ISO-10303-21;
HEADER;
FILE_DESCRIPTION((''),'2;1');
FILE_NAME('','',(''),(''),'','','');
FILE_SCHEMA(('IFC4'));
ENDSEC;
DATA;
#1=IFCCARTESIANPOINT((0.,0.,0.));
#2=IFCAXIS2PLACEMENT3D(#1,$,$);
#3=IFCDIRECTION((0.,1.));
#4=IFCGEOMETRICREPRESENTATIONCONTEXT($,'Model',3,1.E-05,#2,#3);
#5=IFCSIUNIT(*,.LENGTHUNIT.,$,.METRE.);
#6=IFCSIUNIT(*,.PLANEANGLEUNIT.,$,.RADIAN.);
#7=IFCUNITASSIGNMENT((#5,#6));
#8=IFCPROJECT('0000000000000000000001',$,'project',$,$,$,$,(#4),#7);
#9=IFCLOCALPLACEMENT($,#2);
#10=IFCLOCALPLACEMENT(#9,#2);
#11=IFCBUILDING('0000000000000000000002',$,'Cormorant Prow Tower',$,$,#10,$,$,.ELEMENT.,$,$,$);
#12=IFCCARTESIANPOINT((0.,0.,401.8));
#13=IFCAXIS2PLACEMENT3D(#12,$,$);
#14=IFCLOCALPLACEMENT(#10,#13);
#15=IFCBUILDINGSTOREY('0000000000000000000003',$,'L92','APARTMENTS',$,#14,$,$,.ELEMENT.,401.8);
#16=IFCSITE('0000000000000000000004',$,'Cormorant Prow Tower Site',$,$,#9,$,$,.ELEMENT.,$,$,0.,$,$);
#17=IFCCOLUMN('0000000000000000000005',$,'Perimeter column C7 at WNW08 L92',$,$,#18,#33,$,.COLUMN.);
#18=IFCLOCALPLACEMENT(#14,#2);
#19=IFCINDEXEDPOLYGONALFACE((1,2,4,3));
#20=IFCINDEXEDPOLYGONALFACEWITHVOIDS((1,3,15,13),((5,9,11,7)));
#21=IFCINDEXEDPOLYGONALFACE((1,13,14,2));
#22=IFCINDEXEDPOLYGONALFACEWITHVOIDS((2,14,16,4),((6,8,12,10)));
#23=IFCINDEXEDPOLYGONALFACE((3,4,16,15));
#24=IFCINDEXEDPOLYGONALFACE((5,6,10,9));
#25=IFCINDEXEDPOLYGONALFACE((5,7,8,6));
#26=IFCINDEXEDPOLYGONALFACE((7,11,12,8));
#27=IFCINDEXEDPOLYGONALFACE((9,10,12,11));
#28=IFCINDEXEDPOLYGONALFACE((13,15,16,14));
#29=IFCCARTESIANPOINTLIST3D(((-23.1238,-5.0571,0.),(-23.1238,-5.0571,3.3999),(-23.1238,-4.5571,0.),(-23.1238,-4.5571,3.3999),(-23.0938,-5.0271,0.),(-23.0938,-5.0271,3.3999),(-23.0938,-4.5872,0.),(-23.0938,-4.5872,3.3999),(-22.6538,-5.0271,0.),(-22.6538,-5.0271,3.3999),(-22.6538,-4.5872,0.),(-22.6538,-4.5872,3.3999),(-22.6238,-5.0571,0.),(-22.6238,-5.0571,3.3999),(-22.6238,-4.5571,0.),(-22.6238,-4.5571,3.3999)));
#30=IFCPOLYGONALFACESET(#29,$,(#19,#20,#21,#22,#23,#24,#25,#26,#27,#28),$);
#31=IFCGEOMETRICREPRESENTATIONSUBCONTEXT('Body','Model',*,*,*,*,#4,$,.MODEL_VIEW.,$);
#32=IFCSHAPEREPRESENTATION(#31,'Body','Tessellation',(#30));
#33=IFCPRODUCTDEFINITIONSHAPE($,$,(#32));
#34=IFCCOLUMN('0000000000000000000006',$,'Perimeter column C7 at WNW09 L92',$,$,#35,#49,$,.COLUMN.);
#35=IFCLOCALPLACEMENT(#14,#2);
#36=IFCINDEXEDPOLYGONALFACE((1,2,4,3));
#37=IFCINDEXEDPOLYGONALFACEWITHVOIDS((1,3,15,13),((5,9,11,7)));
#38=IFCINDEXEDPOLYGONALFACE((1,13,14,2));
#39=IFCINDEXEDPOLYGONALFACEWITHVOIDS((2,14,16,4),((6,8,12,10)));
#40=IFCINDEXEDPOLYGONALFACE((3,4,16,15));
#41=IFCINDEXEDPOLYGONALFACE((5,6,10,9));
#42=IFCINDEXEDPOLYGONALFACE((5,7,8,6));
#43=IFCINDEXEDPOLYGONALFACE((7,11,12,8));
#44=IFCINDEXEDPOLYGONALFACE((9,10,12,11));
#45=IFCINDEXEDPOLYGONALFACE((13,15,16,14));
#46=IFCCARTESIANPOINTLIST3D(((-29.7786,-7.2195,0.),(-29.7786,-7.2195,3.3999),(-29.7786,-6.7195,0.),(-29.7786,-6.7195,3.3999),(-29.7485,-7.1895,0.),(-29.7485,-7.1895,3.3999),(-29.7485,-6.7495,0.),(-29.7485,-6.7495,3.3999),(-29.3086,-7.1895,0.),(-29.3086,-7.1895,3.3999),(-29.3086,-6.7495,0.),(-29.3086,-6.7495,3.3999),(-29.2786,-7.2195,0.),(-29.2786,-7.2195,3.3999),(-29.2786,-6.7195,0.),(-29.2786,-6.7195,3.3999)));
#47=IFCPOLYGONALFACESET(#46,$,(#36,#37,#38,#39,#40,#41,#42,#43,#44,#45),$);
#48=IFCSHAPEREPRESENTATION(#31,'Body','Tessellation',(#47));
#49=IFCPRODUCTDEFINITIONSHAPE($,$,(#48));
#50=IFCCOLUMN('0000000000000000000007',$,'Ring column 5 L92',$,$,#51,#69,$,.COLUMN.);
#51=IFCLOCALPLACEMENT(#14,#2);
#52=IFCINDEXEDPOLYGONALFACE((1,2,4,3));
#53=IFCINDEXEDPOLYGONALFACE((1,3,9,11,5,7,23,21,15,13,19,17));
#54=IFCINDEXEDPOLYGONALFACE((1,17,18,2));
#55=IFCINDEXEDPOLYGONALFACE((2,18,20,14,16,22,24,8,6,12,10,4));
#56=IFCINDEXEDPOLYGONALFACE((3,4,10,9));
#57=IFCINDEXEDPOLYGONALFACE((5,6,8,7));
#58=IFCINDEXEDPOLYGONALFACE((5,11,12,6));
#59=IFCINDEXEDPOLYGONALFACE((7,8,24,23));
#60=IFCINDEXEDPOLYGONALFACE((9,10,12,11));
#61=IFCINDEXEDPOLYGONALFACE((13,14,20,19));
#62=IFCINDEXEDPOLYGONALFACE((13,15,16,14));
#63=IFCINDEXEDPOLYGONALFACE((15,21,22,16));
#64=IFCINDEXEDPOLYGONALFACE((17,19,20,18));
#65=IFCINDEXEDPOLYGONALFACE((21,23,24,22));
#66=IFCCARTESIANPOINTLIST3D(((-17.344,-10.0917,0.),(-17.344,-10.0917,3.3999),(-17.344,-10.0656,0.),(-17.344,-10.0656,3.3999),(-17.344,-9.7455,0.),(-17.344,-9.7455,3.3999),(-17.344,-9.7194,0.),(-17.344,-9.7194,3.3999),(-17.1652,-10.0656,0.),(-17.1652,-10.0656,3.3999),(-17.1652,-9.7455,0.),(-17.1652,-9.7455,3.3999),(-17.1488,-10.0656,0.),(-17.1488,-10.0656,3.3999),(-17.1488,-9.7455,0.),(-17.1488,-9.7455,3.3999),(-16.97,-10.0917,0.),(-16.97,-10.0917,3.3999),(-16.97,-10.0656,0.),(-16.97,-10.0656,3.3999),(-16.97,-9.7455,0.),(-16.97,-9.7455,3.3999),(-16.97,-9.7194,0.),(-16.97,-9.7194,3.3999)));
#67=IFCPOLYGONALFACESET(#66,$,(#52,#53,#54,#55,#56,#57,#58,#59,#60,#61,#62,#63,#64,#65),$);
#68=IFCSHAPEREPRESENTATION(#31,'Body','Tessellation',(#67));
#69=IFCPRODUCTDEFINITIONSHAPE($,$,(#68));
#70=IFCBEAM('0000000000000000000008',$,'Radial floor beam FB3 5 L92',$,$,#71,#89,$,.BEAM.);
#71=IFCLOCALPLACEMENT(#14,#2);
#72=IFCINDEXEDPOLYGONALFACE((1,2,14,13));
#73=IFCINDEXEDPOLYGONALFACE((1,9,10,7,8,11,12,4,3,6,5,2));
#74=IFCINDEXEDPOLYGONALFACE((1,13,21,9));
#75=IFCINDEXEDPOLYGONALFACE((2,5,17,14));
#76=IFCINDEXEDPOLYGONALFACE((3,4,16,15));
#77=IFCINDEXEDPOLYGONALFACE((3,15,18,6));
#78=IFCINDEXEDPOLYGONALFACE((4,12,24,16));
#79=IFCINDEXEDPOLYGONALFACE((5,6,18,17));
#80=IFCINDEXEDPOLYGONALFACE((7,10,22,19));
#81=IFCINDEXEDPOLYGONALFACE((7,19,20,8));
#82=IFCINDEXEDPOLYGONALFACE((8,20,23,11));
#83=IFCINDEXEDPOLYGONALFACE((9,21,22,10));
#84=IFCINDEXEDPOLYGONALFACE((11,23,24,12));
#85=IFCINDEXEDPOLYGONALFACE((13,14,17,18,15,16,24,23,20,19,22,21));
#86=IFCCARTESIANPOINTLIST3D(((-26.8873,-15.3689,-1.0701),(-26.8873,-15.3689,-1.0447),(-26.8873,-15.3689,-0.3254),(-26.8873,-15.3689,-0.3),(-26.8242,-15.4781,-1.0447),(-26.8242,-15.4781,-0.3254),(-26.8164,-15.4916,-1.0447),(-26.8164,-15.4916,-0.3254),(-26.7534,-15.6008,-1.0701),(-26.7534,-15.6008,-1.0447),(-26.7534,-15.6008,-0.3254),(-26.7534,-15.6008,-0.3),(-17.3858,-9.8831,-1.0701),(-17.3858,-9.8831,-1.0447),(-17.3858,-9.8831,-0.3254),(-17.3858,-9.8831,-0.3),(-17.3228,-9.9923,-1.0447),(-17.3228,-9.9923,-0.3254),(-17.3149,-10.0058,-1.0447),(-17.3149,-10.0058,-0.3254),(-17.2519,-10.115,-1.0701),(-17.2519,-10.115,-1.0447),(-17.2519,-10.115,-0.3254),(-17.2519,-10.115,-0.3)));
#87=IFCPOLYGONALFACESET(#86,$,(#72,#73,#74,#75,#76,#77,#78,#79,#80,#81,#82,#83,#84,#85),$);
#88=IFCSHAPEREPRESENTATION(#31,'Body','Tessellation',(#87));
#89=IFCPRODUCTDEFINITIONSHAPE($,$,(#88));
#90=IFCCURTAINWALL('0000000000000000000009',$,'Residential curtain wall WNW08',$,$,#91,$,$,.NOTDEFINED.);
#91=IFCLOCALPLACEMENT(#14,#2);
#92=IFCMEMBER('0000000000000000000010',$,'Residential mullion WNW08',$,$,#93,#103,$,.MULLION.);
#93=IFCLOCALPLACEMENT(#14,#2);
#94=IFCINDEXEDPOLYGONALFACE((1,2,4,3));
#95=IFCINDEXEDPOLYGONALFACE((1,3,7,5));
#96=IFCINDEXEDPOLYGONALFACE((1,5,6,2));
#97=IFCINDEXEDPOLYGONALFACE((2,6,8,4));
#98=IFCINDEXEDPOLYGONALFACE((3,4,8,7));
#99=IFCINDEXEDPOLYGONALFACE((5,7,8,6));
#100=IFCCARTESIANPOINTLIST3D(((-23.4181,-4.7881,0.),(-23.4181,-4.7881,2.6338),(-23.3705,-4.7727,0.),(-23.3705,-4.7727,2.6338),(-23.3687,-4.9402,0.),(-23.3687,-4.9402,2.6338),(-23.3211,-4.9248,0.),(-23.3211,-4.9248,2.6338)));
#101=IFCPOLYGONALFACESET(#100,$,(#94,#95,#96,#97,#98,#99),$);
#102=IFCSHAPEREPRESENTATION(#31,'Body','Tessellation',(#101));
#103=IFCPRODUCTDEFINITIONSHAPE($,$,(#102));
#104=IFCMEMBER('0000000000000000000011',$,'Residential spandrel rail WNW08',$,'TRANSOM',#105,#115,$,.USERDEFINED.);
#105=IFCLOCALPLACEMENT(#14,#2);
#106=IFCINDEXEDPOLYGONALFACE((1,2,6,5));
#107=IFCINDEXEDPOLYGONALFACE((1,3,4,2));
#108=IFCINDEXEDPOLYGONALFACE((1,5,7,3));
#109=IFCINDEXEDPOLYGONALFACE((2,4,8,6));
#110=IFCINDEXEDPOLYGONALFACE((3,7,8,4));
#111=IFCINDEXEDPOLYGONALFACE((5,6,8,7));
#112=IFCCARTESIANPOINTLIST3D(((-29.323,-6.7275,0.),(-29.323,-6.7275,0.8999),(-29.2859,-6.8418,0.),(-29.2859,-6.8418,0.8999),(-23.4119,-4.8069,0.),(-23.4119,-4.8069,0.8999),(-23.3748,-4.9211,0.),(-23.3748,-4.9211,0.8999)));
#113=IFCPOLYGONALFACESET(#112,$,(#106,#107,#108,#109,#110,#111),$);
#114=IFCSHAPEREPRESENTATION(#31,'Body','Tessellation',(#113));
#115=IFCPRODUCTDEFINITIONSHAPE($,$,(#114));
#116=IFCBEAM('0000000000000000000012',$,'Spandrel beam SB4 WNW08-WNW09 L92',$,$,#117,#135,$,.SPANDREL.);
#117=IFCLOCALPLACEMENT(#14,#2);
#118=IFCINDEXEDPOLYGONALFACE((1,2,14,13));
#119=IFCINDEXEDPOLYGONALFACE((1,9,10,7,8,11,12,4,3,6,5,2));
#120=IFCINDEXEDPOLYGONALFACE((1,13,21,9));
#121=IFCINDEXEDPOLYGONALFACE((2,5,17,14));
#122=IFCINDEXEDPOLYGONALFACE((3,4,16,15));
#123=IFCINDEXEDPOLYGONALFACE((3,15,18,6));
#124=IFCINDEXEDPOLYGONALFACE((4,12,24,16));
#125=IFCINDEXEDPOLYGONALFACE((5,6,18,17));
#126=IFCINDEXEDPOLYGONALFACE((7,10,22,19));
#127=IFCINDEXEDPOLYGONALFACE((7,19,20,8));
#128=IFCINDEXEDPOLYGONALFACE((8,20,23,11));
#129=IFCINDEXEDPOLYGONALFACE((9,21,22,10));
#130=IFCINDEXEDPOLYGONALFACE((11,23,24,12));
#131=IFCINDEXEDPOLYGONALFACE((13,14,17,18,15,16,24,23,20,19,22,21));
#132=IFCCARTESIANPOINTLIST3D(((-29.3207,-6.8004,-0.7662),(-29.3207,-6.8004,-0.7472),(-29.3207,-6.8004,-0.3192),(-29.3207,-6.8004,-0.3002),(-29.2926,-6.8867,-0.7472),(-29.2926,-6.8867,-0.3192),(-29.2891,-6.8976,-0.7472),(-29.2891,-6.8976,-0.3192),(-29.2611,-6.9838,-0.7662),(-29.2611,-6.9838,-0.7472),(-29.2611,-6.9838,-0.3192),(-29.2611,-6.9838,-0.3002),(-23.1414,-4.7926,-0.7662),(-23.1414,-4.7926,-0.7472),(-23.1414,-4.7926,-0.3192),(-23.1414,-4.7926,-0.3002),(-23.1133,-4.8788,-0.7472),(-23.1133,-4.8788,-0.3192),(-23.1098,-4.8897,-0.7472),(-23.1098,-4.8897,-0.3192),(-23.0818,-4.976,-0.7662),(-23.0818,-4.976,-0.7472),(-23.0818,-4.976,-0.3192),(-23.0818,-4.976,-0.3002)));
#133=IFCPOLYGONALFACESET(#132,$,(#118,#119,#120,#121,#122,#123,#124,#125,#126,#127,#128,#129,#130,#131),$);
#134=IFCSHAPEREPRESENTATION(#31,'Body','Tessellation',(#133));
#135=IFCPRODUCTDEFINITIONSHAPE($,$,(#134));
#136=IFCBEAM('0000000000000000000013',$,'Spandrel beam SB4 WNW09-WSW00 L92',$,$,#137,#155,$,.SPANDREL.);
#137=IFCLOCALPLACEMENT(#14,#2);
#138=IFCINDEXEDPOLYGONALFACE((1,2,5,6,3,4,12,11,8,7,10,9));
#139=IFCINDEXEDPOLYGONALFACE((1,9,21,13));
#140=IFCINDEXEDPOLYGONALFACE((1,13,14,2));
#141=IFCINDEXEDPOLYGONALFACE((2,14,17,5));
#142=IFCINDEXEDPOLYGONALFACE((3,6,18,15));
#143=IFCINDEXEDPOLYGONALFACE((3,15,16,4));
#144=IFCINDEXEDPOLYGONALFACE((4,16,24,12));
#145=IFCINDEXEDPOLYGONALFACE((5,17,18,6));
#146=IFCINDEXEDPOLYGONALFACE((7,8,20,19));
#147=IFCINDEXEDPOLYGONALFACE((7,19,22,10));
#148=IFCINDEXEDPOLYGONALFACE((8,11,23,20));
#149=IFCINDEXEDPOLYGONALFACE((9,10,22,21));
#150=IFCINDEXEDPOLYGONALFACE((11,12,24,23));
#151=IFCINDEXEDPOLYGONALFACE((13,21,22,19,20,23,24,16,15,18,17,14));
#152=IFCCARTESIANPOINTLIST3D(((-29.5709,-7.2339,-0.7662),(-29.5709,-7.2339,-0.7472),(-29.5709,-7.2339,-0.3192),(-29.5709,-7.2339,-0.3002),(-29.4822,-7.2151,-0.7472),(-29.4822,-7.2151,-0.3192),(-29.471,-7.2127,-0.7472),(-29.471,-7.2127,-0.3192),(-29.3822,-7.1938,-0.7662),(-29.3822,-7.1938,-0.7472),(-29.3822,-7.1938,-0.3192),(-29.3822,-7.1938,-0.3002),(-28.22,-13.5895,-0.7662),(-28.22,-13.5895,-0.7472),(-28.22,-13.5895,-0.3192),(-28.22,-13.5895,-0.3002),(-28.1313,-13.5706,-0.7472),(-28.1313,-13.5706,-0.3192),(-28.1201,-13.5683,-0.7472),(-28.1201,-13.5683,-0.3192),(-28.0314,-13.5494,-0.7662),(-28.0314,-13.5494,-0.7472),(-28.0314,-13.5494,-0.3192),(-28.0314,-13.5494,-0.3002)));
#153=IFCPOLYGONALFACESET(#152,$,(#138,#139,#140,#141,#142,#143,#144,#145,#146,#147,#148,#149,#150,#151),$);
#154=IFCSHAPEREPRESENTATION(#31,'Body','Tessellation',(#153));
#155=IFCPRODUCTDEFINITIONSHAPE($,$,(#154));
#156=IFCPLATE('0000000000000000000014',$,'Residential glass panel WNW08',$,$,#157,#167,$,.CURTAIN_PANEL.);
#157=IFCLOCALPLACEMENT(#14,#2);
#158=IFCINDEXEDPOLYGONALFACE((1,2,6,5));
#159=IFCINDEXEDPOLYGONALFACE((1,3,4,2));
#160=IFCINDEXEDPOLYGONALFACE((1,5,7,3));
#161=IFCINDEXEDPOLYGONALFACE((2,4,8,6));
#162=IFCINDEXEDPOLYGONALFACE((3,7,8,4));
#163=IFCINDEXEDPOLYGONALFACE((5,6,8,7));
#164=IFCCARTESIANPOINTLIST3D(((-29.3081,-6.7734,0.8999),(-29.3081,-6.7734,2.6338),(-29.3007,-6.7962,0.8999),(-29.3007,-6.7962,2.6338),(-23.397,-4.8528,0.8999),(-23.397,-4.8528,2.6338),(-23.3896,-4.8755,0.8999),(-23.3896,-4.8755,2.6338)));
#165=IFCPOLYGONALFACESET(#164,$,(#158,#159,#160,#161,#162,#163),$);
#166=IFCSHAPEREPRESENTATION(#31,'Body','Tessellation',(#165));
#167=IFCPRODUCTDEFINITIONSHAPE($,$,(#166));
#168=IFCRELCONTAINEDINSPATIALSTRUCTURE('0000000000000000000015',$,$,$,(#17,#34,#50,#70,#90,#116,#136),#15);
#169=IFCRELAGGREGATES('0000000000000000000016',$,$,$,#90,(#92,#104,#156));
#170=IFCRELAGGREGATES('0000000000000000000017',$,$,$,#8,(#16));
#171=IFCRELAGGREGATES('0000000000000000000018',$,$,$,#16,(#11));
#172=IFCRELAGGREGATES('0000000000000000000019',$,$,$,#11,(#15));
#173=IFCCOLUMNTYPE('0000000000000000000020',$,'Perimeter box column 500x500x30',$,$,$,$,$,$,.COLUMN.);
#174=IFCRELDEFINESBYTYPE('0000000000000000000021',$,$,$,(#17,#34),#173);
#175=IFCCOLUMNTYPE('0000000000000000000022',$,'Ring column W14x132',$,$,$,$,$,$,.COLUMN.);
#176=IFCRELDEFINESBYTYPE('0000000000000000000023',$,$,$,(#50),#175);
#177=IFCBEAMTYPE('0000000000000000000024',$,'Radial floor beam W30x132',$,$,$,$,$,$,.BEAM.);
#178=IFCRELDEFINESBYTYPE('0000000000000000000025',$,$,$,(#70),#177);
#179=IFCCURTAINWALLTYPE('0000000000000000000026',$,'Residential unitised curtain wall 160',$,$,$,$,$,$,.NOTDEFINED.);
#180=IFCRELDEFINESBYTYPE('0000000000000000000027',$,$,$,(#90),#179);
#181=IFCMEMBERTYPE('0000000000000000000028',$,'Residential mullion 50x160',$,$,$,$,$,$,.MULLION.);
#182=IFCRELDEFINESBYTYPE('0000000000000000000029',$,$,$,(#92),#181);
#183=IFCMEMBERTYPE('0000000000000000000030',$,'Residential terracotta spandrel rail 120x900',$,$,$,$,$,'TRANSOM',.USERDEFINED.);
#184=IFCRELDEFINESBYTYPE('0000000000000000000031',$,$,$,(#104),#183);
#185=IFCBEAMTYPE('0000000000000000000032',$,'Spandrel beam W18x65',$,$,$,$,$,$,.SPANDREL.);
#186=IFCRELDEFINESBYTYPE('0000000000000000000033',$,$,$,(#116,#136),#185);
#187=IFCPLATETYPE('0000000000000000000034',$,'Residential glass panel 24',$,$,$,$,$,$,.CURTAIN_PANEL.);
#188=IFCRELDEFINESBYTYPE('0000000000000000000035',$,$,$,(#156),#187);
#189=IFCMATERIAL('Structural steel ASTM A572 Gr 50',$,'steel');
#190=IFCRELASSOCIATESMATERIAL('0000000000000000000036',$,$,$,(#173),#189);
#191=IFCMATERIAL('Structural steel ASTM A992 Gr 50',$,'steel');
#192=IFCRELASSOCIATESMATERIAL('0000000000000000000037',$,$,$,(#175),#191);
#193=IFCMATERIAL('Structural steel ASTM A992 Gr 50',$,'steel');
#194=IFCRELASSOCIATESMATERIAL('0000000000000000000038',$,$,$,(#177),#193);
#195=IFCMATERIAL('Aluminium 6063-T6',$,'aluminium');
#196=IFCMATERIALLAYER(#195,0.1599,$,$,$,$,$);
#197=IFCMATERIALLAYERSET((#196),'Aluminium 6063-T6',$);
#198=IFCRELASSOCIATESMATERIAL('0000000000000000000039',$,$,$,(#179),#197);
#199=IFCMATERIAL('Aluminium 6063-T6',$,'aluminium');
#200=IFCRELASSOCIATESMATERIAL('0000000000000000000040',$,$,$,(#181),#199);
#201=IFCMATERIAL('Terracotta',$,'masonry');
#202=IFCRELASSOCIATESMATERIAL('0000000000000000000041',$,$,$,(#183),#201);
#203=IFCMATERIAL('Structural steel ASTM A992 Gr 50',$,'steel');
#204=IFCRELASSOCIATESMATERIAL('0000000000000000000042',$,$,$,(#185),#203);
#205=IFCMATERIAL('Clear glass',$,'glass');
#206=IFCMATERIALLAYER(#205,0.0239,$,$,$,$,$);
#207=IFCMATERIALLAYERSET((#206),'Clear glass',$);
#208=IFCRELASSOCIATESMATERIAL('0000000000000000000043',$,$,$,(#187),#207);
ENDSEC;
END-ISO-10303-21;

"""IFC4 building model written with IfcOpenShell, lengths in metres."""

from ifc_helpers import new_model, si_unit, direction, frame, origin, origin_2d, place, context, subcontext, project, spatial, rectangle, hollow_rectangle, i_section, extrude, material, layer, layer_set, material_profile, profile_set, type_object, element, aggregate, save


model = new_model("IFC4")

# Units and contexts
model_context = context("Model", 3, precision=1e-05, world=origin(), true_north=direction((0.0, 1.0)))
body_context = subcontext(model_context, "Body", "Model", "MODEL_VIEW")
ifc_project = project(units=[si_unit("LENGTHUNIT", "METRE"), si_unit("PLANEANGLEUNIT", "RADIAN")], contexts=[model_context])

# Site, building, storey
site_placement = place(None, origin())
site = spatial("IfcSite", under=ifc_project, at=site_placement, Name="Cormorant Prow Tower Site", CompositionType="ELEMENT", RefElevation=0.0)
building_placement = place(site_placement, origin())
building = spatial("IfcBuilding", under=site, at=building_placement, Name="Cormorant Prow Tower", CompositionType="ELEMENT")
storey_placement = place(building_placement, frame((0.0, 0.0, 401.8)))
storey = spatial("IfcBuildingStorey", under=building, at=storey_placement, Name="L92", Description="APARTMENTS", CompositionType="ELEMENT", Elevation=401.8)

# Columns
ifc_material_1 = material(Name="Structural steel ASTM A572 Gr 50", Category="steel")
ifc_material_profile_1 = material_profile(ifc_material_1, hollow_rectangle(XDim=0.5, YDim=0.5, WallThickness=0.03, at=origin_2d()), Name="Box 500x500x30")
ifc_profile_set_1 = profile_set([ifc_material_profile_1], Name="Structural steel ASTM A572 Gr 50")
column_type_1 = type_object("IfcColumnType", Name="Perimeter box column 500x500x30", PredefinedType="COLUMN", material=ifc_profile_set_1)
for number, where, z_axis, x_axis, name in (
    (1, (-22.8738, -4.8071, 0.0), (0.0, 0.0, 1.0), (1.0, 0.0, 0.0), "Perimeter column C7 at WNW08 L92"),
    (2, (-29.5286, -6.9695, 0.0), (0.0, 0.0, 1.0), (1.0, 0.0, 0.0), "Perimeter column C7 at WNW09 L92"),
):
    element("IfcColumn", number, at=place(storey_placement, frame(where, z_axis=z_axis, x_axis=x_axis)), inside=storey, type_object=column_type_1, Name=name, PredefinedType="COLUMN", context=body_context, shape_type="SweptSolid", body=[
        extrude(hollow_rectangle(XDim=0.5, YDim=0.5, WallThickness=0.03, at=origin_2d()), origin(), (0.0, 0.0, 1.0), 3.3999),
    ])
ifc_material_2 = material(Name="Structural steel ASTM A992 Gr 50", Category="steel")
ifc_material_profile_2 = material_profile(ifc_material_2, i_section(OverallWidth=0.374, OverallDepth=0.3723, WebThickness=0.0164, FlangeThickness=0.0261, at=origin_2d()), Name="W14x132")
ifc_profile_set_2 = profile_set([ifc_material_profile_2], Name="Structural steel ASTM A992 Gr 50")
column_type_2 = type_object("IfcColumnType", Name="Ring column W14x132", PredefinedType="COLUMN", material=ifc_profile_set_2)
column_placement = place(storey_placement, frame((-17.157, -9.9055, 0.0), z_axis=(0.0, 0.0, 1.0), x_axis=(1.0, 0.0, 0.0)))
element("IfcColumn", 3, at=column_placement, inside=storey, type_object=column_type_2, Name="Ring column 5 L92", PredefinedType="COLUMN", context=body_context, shape_type="SweptSolid", body=[
    extrude(i_section(OverallWidth=0.374, OverallDepth=0.3723, WebThickness=0.0164, FlangeThickness=0.0261, at=origin_2d()), origin(), (0.0, 0.0, 1.0), 3.3999),
])

# Beam
ifc_material_3 = material(Name="Structural steel ASTM A992 Gr 50", Category="steel")
ifc_material_profile_3 = material_profile(ifc_material_3, i_section(OverallWidth=0.2678, OverallDepth=0.77, WebThickness=0.0156, FlangeThickness=0.0254, at=origin_2d()), Name="W30x132")
ifc_profile_set_3 = profile_set([ifc_material_profile_3], Name="Structural steel ASTM A992 Gr 50")
beam_type_1 = type_object("IfcBeamType", Name="Radial floor beam W30x132", PredefinedType="BEAM", material=ifc_profile_set_3)
beam_1_placement = place(storey_placement, frame((-17.3188, -9.999, -0.6851), z_axis=(-0.866019, -0.500011, 0.0), x_axis=(0.500011, -0.866019, 0.0)))
element("IfcBeam", 4, at=beam_1_placement, inside=storey, type_object=beam_type_1, Name="Radial floor beam FB3 5 L92", PredefinedType="BEAM", context=body_context, shape_type="SweptSolid", body=[
    extrude(i_section(OverallWidth=0.2678, OverallDepth=0.77, WebThickness=0.0156, FlangeThickness=0.0254, at=origin_2d()), origin(), (0.0, 0.0, 1.0), 10.9714),
])

# Curtain wall, members
ifc_material_4 = material(Name="Aluminium 6063-T6", Category="aluminium")
ifc_layer_1 = layer(ifc_material_4, 0.1599)
ifc_layer_set_1 = layer_set([ifc_layer_1], Name="Aluminium 6063-T6")
curtain_wall_type = type_object("IfcCurtainWallType", Name="Residential unitised curtain wall 160", PredefinedType="NOTDEFINED", material=ifc_layer_set_1)
curtain_wall_placement = place(storey_placement, origin())
curtain_wall = element("IfcCurtainWall", 5, at=curtain_wall_placement, inside=storey, type_object=curtain_wall_type, Name="Residential curtain wall WNW08", PredefinedType="NOTDEFINED")
ifc_material_5 = material(Name="Aluminium 6063-T6", Category="aluminium")
ifc_material_profile_4 = material_profile(ifc_material_5, rectangle(XDim=0.1599, YDim=0.05, at=origin_2d()), Name="Residential mullion 50x160")
ifc_profile_set_4 = profile_set([ifc_material_profile_4], Name="Aluminium 6063-T6")
member_type_1 = type_object("IfcMemberType", Name="Residential mullion 50x160", PredefinedType="MULLION", material=ifc_profile_set_4)
member_1_placement = place(storey_placement, frame((-23.3696, -4.8564, 0.0), z_axis=(0.0, 0.0, 1.0), x_axis=(0.309017, -0.951056, 0.0)))
member_1 = element("IfcMember", 6, at=member_1_placement, type_object=member_type_1, Name="Residential mullion WNW08", PredefinedType="MULLION", context=body_context, shape_type="SweptSolid", body=[
    extrude(rectangle(XDim=0.1599, YDim=0.05, at=origin_2d()), origin(), (0.0, 0.0, 1.0), 2.6338),
])
ifc_material_6 = material(Name="Terracotta", Category="masonry")
ifc_material_profile_5 = material_profile(ifc_material_6, rectangle(XDim=0.1201, YDim=0.8999, at=origin_2d()), Name="Residential terracotta spandrel rail 120x900")
ifc_profile_set_5 = profile_set([ifc_material_profile_5], Name="Terracotta")
member_type_2 = type_object("IfcMemberType", Name="Residential terracotta spandrel rail 120x900", ElementType="TRANSOM", PredefinedType="USERDEFINED", material=ifc_profile_set_5)
member_2_placement = place(storey_placement, frame((-23.3933, -4.864, 0.45), z_axis=(-0.951056, -0.309019, 0.0), x_axis=(0.309019, -0.951056, 0.0)))
member_2 = element("IfcMember", 7, at=member_2_placement, type_object=member_type_2, Name="Residential spandrel rail WNW08", ObjectType="TRANSOM", PredefinedType="USERDEFINED", context=body_context, shape_type="SweptSolid", body=[
    extrude(rectangle(XDim=0.1201, YDim=0.8999, at=origin_2d()), origin(), (0.0, 0.0, 1.0), 6.2153),
])

# Beams
ifc_material_7 = material(Name="Structural steel ASTM A992 Gr 50", Category="steel")
ifc_material_profile_6 = material_profile(ifc_material_7, i_section(OverallWidth=0.1929, OverallDepth=0.4661, WebThickness=0.0115, FlangeThickness=0.019, at=origin_2d()), Name="W18x65")
ifc_profile_set_6 = profile_set([ifc_material_profile_6], Name="Structural steel ASTM A992 Gr 50")
beam_type_2 = type_object("IfcBeamType", Name="Spandrel beam W18x65", PredefinedType="SPANDREL", material=ifc_profile_set_6)
beam_2_placement = place(storey_placement, frame((-23.1116, -4.8843, -0.5332), z_axis=(-0.951053, -0.309027, 0.0), x_axis=(0.309027, -0.951053, 0.0)))
element("IfcBeam", 8, at=beam_2_placement, inside=storey, type_object=beam_type_2, Name="Spandrel beam SB4 WNW08-WNW09 L92", PredefinedType="SPANDREL", context=body_context, shape_type="SweptSolid", body=[
    extrude(i_section(OverallWidth=0.1929, OverallDepth=0.4661, WebThickness=0.0115, FlangeThickness=0.019, at=origin_2d()), origin(), (0.0, 0.0, 1.0), 6.4973),
])
beam_3_placement = place(storey_placement, frame((-29.4766, -7.2139, -0.5332), z_axis=(0.207902, -0.97815, 0.0), x_axis=(0.97815, 0.207902, 0.0)))
element("IfcBeam", 9, at=beam_3_placement, inside=storey, type_object=beam_type_2, Name="Spandrel beam SB4 WNW09-WSW00 L92", PredefinedType="SPANDREL", context=body_context, shape_type="SweptSolid", body=[
    extrude(i_section(OverallWidth=0.1929, OverallDepth=0.4661, WebThickness=0.0115, FlangeThickness=0.019, at=origin_2d()), origin(), (0.0, 0.0, 1.0), 6.4976),
])

# Plate
ifc_material_8 = material(Name="Clear glass", Category="glass")
ifc_layer_2 = layer(ifc_material_8, 0.0239)
ifc_layer_set_2 = layer_set([ifc_layer_2], Name="Clear glass")
plate_type = type_object("IfcPlateType", Name="Residential glass panel 24", PredefinedType="CURTAIN_PANEL", material=ifc_layer_set_2)
plate_placement = place(storey_placement, frame((-26.3489, -5.8245, 0.8999), z_axis=(0.0, 0.0, 1.0), x_axis=(-0.951056, -0.309017, 0.0)))
plate = element("IfcPlate", 10, at=plate_placement, type_object=plate_type, Name="Residential glass panel WNW08", PredefinedType="CURTAIN_PANEL", context=body_context, shape_type="SweptSolid", body=[
    extrude(rectangle(XDim=6.2153, YDim=0.0239, at=origin_2d()), origin(), (0.0, 0.0, 1.0), 1.7339),
])
aggregate(curtain_wall, [member_1, member_2, plate])

save(model, "model.ifc")
